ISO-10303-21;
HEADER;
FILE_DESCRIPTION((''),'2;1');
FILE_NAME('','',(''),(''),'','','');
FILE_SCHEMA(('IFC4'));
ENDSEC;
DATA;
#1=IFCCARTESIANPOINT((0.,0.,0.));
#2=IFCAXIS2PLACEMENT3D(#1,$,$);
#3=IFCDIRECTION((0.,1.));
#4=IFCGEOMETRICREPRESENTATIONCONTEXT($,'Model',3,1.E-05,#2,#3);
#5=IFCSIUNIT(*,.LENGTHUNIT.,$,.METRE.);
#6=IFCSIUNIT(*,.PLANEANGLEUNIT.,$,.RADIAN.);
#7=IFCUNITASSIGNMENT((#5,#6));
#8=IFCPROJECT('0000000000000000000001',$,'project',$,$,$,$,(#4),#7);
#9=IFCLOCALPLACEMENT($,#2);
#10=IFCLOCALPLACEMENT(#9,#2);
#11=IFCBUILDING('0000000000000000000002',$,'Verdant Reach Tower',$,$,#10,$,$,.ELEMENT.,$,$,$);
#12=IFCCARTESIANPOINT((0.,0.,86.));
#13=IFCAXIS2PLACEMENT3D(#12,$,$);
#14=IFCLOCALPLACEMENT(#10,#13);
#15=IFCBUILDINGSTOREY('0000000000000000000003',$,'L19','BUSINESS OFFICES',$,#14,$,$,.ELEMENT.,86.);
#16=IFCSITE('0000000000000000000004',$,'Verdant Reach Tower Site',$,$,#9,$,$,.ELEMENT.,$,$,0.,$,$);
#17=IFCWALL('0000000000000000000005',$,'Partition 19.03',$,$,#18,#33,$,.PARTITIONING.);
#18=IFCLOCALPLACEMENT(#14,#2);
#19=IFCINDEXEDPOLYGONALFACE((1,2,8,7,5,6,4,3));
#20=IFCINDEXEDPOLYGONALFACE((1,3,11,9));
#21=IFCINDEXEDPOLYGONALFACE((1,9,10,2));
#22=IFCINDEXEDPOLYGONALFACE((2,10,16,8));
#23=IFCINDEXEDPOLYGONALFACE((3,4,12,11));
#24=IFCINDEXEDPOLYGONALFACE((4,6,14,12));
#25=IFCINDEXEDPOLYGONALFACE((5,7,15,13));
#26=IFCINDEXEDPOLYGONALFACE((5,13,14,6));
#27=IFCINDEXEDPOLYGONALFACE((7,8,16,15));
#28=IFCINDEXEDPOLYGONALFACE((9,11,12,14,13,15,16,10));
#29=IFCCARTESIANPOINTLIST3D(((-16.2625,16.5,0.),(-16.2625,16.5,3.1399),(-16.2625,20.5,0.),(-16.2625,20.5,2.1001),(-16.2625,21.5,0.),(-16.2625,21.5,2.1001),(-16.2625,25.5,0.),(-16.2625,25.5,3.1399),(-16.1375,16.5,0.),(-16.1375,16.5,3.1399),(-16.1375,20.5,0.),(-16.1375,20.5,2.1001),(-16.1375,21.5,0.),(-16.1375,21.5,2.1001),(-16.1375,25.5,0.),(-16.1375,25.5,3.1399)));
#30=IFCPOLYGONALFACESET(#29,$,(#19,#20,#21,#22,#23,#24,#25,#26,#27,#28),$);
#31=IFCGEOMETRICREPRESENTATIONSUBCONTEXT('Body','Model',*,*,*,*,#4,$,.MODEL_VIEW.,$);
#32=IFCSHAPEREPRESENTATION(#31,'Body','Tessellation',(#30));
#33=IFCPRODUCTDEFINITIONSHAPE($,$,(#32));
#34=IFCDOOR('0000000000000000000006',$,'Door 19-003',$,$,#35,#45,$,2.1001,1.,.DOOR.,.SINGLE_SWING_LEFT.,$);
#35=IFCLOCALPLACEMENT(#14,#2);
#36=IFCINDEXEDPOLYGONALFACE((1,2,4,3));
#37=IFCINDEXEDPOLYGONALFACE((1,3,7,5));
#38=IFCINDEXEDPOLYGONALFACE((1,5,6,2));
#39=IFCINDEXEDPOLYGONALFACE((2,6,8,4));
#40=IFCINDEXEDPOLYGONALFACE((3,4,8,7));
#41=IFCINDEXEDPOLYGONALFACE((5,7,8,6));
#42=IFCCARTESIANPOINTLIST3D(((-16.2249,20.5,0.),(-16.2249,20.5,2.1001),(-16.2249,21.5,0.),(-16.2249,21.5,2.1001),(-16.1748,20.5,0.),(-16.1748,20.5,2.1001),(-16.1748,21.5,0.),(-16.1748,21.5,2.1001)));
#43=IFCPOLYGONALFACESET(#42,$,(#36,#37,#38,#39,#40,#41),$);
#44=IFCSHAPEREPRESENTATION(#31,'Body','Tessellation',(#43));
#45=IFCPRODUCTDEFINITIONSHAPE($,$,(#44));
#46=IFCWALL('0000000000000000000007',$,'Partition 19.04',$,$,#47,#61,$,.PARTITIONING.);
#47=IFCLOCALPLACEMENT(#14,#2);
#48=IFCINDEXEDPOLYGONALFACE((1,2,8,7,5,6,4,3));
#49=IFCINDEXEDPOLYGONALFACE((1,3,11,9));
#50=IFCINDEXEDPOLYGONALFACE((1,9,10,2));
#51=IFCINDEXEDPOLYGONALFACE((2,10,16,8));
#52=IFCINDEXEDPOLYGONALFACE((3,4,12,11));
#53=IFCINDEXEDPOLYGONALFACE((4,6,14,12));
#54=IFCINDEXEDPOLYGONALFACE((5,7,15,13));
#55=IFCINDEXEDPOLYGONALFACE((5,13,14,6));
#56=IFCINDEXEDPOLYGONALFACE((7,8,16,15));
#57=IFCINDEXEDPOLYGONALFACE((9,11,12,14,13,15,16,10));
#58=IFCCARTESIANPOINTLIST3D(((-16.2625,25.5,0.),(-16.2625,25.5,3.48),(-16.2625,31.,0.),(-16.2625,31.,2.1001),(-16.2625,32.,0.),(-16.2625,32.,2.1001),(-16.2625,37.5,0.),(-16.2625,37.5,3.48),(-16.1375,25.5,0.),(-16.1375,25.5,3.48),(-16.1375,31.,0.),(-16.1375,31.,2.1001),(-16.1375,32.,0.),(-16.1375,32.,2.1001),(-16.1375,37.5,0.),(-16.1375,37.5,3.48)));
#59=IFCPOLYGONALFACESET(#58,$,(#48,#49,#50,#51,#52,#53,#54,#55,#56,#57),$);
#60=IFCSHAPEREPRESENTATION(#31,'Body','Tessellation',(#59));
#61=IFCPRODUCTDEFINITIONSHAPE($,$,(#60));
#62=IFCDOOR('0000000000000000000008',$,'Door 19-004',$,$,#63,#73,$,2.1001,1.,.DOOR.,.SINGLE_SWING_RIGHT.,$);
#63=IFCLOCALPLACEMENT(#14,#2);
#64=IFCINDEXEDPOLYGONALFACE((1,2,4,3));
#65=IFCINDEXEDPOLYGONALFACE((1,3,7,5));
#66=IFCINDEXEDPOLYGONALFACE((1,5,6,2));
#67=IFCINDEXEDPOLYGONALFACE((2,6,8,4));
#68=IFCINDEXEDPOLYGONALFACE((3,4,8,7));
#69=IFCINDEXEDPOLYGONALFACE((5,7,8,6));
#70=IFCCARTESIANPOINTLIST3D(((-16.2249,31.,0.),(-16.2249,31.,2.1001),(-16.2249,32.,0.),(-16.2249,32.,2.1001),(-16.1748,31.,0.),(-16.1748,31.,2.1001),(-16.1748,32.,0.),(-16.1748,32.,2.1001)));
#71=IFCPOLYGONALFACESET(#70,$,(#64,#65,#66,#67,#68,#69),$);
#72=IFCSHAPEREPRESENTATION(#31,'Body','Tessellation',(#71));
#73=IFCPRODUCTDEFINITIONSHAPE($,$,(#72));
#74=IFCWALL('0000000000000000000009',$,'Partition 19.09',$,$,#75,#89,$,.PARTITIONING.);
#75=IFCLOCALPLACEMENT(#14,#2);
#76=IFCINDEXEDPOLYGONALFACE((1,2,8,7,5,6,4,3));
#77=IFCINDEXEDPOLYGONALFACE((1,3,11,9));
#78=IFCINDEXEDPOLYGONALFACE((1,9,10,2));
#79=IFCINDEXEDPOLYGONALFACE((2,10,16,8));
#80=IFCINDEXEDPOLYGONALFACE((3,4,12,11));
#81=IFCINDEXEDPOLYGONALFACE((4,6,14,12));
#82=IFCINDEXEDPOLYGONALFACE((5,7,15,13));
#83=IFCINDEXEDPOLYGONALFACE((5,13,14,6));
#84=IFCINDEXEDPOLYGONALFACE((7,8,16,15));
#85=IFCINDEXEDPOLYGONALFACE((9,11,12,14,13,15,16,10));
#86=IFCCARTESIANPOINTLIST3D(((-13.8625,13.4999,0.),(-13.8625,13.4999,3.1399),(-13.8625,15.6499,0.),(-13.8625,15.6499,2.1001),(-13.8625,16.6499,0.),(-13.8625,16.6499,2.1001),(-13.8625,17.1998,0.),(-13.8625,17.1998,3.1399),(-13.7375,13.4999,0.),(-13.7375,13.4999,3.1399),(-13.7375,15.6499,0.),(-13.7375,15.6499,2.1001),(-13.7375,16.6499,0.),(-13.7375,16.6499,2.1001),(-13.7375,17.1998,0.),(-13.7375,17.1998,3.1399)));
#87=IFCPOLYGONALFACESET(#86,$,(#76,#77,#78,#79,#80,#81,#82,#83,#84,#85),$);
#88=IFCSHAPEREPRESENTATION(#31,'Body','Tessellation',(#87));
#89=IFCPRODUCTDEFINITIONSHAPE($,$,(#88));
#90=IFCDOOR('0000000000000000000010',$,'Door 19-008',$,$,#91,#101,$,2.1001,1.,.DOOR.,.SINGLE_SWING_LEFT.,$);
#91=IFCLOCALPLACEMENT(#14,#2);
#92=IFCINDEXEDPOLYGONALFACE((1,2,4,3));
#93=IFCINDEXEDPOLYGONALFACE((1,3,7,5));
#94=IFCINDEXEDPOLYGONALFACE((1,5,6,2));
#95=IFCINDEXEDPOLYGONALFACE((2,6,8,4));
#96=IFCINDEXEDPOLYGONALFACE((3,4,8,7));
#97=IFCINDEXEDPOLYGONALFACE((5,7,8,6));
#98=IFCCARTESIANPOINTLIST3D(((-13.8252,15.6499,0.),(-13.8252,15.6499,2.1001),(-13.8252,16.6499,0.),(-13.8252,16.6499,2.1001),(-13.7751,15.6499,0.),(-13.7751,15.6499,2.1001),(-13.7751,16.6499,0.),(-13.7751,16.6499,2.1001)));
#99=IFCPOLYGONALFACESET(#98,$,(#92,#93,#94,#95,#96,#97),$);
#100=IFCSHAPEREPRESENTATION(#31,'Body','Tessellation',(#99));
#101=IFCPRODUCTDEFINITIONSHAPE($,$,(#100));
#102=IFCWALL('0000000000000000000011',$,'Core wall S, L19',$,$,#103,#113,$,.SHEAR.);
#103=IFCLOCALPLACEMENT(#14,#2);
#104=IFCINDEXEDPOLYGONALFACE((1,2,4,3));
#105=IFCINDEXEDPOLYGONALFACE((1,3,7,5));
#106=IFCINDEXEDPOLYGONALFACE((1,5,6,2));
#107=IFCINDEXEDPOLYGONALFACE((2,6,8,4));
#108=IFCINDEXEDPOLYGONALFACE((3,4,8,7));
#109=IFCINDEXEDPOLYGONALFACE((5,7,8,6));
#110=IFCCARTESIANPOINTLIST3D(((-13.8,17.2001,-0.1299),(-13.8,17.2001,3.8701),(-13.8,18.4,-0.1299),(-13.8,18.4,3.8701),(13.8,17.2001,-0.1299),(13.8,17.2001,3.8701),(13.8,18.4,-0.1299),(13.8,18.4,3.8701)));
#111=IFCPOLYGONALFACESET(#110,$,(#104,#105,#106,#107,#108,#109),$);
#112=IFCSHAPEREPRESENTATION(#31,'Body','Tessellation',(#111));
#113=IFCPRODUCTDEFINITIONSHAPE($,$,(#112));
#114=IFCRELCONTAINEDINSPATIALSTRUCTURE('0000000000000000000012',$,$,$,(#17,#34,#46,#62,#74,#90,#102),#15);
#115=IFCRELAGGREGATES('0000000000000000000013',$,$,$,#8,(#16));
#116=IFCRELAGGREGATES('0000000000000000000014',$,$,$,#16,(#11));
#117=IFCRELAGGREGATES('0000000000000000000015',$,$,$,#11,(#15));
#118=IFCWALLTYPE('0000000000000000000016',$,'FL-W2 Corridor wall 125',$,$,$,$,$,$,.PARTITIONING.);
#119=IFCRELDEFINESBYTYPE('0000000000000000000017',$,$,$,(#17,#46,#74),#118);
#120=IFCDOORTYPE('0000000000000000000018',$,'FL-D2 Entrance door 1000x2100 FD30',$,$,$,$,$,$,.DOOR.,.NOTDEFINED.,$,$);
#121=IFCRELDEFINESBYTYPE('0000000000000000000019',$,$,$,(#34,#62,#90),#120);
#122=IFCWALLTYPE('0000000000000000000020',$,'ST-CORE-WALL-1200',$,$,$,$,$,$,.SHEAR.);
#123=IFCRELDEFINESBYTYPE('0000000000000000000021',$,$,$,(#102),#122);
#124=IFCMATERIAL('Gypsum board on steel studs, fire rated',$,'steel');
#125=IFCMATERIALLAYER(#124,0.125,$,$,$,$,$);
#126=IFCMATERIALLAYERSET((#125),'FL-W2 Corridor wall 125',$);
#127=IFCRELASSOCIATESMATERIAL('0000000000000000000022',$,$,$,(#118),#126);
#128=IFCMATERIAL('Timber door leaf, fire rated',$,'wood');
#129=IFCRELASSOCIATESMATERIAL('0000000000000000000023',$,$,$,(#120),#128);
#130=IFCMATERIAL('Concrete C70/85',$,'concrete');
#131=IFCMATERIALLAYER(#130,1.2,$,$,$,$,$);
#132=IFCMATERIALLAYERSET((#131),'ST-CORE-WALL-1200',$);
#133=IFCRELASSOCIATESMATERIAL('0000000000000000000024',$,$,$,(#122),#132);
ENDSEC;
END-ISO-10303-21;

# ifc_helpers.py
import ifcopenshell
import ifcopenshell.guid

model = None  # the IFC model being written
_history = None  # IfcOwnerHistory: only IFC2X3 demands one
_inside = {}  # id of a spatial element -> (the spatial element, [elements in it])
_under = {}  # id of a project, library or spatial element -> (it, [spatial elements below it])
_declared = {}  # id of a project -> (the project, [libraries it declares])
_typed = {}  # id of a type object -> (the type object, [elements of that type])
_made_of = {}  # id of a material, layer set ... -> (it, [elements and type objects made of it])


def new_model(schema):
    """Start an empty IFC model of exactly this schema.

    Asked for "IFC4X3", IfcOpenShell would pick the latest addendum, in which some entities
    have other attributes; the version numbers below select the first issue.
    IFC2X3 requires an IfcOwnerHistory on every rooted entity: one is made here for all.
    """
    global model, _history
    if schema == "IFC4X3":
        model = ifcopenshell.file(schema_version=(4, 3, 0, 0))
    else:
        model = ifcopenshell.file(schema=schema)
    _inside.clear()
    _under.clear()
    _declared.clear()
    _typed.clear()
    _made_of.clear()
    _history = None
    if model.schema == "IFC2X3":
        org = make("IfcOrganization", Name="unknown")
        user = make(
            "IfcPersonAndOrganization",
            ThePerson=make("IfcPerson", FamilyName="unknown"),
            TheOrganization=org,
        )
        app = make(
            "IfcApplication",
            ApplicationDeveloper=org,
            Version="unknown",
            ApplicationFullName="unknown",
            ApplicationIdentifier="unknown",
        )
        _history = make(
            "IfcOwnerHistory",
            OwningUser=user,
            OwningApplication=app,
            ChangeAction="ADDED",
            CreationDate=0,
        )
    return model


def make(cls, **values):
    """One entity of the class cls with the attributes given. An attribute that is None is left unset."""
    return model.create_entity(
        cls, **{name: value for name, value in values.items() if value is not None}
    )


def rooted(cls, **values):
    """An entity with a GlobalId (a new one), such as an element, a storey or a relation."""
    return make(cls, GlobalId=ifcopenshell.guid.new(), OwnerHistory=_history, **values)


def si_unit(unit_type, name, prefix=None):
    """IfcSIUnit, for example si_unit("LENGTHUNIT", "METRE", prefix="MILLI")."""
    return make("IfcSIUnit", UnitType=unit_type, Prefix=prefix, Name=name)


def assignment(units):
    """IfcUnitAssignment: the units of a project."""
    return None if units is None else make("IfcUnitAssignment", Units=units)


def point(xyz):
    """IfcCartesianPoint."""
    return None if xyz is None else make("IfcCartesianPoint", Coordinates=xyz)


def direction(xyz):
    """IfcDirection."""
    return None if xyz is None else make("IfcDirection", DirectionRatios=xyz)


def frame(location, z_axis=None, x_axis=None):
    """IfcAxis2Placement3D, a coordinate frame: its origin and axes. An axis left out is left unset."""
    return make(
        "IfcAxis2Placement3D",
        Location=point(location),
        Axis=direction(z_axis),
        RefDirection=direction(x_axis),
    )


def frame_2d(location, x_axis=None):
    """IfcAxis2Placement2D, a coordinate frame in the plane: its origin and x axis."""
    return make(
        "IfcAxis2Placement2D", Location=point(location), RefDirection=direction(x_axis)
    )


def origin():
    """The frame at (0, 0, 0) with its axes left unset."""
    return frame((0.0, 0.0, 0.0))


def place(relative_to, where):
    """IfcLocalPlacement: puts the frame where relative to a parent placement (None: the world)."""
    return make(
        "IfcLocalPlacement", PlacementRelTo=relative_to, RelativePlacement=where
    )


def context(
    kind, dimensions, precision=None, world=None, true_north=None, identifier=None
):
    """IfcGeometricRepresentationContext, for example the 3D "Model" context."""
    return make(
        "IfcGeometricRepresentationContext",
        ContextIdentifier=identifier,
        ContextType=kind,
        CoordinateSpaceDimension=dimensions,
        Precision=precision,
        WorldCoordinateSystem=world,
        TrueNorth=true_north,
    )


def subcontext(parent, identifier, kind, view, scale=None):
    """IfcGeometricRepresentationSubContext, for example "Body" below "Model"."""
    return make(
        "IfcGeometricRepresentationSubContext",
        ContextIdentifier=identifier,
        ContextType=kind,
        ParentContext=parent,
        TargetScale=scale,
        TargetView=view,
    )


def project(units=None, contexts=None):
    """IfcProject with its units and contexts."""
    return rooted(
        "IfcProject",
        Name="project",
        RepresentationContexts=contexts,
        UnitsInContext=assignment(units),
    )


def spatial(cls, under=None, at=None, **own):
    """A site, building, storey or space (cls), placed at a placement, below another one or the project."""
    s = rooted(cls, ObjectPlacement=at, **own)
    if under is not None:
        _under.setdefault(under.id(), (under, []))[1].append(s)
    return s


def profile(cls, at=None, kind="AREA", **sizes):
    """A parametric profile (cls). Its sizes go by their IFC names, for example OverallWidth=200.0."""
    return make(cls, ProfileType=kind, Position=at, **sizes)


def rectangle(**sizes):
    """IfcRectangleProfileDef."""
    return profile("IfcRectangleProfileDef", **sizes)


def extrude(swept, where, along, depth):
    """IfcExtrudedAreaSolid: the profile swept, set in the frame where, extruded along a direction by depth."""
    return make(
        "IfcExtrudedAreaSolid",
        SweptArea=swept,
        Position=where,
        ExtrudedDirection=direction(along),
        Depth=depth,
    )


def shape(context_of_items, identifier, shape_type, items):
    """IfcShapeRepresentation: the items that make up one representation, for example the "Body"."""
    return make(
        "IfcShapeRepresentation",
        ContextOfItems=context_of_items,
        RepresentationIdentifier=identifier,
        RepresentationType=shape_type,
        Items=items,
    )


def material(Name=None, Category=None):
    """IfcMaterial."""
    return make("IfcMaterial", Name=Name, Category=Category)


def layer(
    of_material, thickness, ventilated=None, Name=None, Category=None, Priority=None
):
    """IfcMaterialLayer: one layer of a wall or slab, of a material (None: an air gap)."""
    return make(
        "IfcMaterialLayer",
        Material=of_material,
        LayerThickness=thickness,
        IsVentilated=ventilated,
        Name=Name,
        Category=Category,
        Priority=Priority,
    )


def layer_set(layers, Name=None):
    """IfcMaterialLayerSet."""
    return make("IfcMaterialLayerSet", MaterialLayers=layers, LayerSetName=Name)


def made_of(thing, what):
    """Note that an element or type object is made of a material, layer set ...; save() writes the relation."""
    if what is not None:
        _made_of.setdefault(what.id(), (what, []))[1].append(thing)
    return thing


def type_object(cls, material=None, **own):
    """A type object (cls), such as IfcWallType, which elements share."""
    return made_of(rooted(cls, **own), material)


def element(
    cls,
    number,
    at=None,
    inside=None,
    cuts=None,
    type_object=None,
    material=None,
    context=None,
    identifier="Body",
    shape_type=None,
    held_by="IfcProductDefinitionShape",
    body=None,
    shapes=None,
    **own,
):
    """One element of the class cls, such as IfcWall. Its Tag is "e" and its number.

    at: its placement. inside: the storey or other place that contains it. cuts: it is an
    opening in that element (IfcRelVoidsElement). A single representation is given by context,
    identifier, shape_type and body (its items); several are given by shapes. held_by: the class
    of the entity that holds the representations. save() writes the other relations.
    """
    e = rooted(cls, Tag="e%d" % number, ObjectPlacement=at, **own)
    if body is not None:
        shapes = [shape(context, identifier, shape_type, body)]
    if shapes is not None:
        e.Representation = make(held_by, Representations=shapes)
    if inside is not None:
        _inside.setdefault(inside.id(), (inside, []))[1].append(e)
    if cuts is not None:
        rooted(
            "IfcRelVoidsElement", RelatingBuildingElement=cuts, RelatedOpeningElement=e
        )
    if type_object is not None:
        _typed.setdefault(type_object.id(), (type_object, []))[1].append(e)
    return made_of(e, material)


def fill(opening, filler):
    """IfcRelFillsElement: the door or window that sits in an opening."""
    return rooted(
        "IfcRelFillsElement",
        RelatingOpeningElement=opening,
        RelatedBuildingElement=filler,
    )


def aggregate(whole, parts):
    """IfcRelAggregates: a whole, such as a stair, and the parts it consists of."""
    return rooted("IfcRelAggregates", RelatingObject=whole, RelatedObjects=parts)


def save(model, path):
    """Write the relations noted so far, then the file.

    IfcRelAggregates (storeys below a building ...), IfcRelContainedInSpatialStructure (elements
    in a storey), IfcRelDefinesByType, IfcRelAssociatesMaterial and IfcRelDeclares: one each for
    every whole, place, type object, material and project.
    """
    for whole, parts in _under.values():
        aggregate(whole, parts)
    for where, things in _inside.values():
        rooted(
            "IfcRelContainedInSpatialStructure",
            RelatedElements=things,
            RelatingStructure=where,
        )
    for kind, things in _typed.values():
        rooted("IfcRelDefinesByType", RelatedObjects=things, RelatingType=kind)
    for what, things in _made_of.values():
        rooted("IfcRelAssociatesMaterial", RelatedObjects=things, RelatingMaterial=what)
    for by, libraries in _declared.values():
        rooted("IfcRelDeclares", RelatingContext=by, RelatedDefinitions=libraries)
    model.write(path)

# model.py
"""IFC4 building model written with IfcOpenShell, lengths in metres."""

from ifc_helpers import new_model, si_unit, direction, frame, frame_2d, origin, place, context, subcontext, project, spatial, rectangle, extrude, material, layer, layer_set, type_object, element, fill, save


model = new_model("IFC4")

# Units and contexts
model_context = context("Model", 3, precision=1e-05, world=origin(), true_north=direction((0.0, 1.0)))
body_context = subcontext(model_context, "Body", "Model", "MODEL_VIEW")
ifc_project = project(units=[si_unit("LENGTHUNIT", "METRE"), si_unit("PLANEANGLEUNIT", "RADIAN")], contexts=[model_context])

# Site, building, storey
site_placement = place(None, origin())
site = spatial("IfcSite", under=ifc_project, at=site_placement, Name="Verdant Reach Tower Site", CompositionType="ELEMENT", RefElevation=0.0)
building_placement = place(site_placement, origin())
building = spatial("IfcBuilding", under=site, at=building_placement, Name="Verdant Reach Tower", CompositionType="ELEMENT")
storey_placement = place(building_placement, frame((0.0, 0.0, 86.0)))
storey = spatial("IfcBuildingStorey", under=building, at=storey_placement, Name="L19", Description="BUSINESS OFFICES", CompositionType="ELEMENT", Elevation=86.0)

# Walls, openings, doors
ifc_material_1 = material(Name="Gypsum board on steel studs, fire rated", Category="steel")
ifc_layer_1 = layer(ifc_material_1, 0.125)
ifc_layer_set_1 = layer_set([ifc_layer_1], Name="FL-W2 Corridor wall 125")
wall_type_1 = type_object("IfcWallType", Name="FL-W2 Corridor wall 125", PredefinedType="PARTITIONING", material=ifc_layer_set_1)
wall_1_placement = place(storey_placement, frame((-16.2, 16.5, 0.0), z_axis=(0.0, 0.0, 1.0), x_axis=(0.0, 1.0, 0.0)))
wall_1 = element("IfcWall", 1, at=wall_1_placement, inside=storey, type_object=wall_type_1, Name="Partition 19.03", PredefinedType="PARTITIONING", context=body_context, shape_type="SweptSolid", body=[
    extrude(rectangle(XDim=9.0, YDim=0.125, at=frame_2d((4.5, 0.0))), origin(), (0.0, 0.0, 1.0), 3.1399),
])
opening_1_placement = place(wall_1_placement, frame((4.0, 0.0, 0.0)))
opening_1 = element("IfcOpeningElement", 2, at=opening_1_placement, cuts=wall_1, PredefinedType="OPENING", context=body_context, shape_type="SweptSolid", body=[
    extrude(rectangle(XDim=1.0, YDim=2.1001, at=frame_2d((0.5, 1.05))), frame((0.0, 0.0725, 0.0), z_axis=(0.0, -1.0, 0.0), x_axis=(1.0, 0.0, 0.0)), (0.0, 0.0, 1.0), 0.145),
])
ifc_material_2 = material(Name="Timber door leaf, fire rated", Category="wood")
door_type = type_object("IfcDoorType", Name="FL-D2 Entrance door 1000x2100 FD30", OperationType="NOTDEFINED", PredefinedType="DOOR", material=ifc_material_2)
door_1_placement = place(opening_1_placement, origin())
door_1 = element("IfcDoor", 3, at=door_1_placement, inside=storey, type_object=door_type, Name="Door 19-003", OperationType="SINGLE_SWING_LEFT", OverallHeight=2.1001, OverallWidth=1.0, PredefinedType="DOOR", context=body_context, shape_type="SweptSolid", body=[
    extrude(rectangle(XDim=1.0, YDim=2.1001, at=frame_2d((0.5, 1.05))), frame((0.0, 0.0249, 0.0), z_axis=(0.0, -1.0, 0.0), x_axis=(1.0, 0.0, 0.0)), (0.0, 0.0, 1.0), 0.05),
])
fill(opening_1, door_1)
wall_2_placement = place(storey_placement, frame((-16.2, 25.5, 0.0), z_axis=(0.0, 0.0, 1.0), x_axis=(0.0, 1.0, 0.0)))
wall_2 = element("IfcWall", 4, at=wall_2_placement, inside=storey, type_object=wall_type_1, Name="Partition 19.04", PredefinedType="PARTITIONING", context=body_context, shape_type="SweptSolid", body=[
    extrude(rectangle(XDim=12.0, YDim=0.125, at=frame_2d((6.0, 0.0))), origin(), (0.0, 0.0, 1.0), 3.48),
])
opening_2_placement = place(wall_2_placement, frame((5.5, 0.0, 0.0)))
opening_2 = element("IfcOpeningElement", 5, at=opening_2_placement, cuts=wall_2, PredefinedType="OPENING", context=body_context, shape_type="SweptSolid", body=[
    extrude(rectangle(XDim=1.0, YDim=2.1001, at=frame_2d((0.5, 1.05))), frame((0.0, 0.0725, 0.0), z_axis=(0.0, -1.0, 0.0), x_axis=(1.0, 0.0, 0.0)), (0.0, 0.0, 1.0), 0.145),
])
door_2_placement = place(opening_2_placement, origin())
door_2 = element("IfcDoor", 6, at=door_2_placement, inside=storey, type_object=door_type, Name="Door 19-004", OperationType="SINGLE_SWING_RIGHT", OverallHeight=2.1001, OverallWidth=1.0, PredefinedType="DOOR", context=body_context, shape_type="SweptSolid", body=[
    extrude(rectangle(XDim=1.0, YDim=2.1001, at=frame_2d((0.5, 1.05))), frame((0.0, 0.0249, 0.0), z_axis=(0.0, -1.0, 0.0), x_axis=(1.0, 0.0, 0.0)), (0.0, 0.0, 1.0), 0.05),
])
fill(opening_2, door_2)
wall_3_placement = place(storey_placement, frame((-13.8, 17.2, 0.0), z_axis=(0.0, 0.0, 1.0), x_axis=(0.0, -1.0, 0.0)))
wall_3 = element("IfcWall", 7, at=wall_3_placement, inside=storey, type_object=wall_type_1, Name="Partition 19.09", PredefinedType="PARTITIONING", context=body_context, shape_type="SweptSolid", body=[
    extrude(rectangle(XDim=3.7, YDim=0.125, at=frame_2d((1.8501, 0.0))), origin(), (0.0, 0.0, 1.0), 3.1399),
])
opening_3_placement = place(wall_3_placement, frame((0.55, 0.0, 0.0)))
opening_3 = element("IfcOpeningElement", 8, at=opening_3_placement, cuts=wall_3, PredefinedType="OPENING", context=body_context, shape_type="SweptSolid", body=[
    extrude(rectangle(XDim=1.0, YDim=2.1001, at=frame_2d((0.5, 1.05))), frame((0.0, 0.0725, 0.0), z_axis=(0.0, -1.0, 0.0), x_axis=(1.0, 0.0, 0.0)), (0.0, 0.0, 1.0), 0.145),
])
door_3_placement = place(opening_3_placement, origin())
door_3 = element("IfcDoor", 9, at=door_3_placement, inside=storey, type_object=door_type, Name="Door 19-008", OperationType="SINGLE_SWING_LEFT", OverallHeight=2.1001, OverallWidth=1.0, PredefinedType="DOOR", context=body_context, shape_type="SweptSolid", body=[
    extrude(rectangle(XDim=1.0, YDim=2.1001, at=frame_2d((0.5, 1.05))), frame((0.0, 0.0249, 0.0), z_axis=(0.0, -1.0, 0.0), x_axis=(1.0, 0.0, 0.0)), (0.0, 0.0, 1.0), 0.05),
])
fill(opening_3, door_3)

# Wall
ifc_material_3 = material(Name="Concrete C70/85", Category="concrete")
ifc_layer_2 = layer(ifc_material_3, 1.2)
ifc_layer_set_2 = layer_set([ifc_layer_2], Name="ST-CORE-WALL-1200")
wall_type_2 = type_object("IfcWallType", Name="ST-CORE-WALL-1200", PredefinedType="SHEAR", material=ifc_layer_set_2)
wall_4_placement = place(storey_placement, frame((-13.8, 17.8, -0.1299), z_axis=(0.0, 0.0, 1.0), x_axis=(1.0, 0.0, 0.0)))
element("IfcWall", 10, at=wall_4_placement, inside=storey, type_object=wall_type_2, Name="Core wall S, L19", PredefinedType="SHEAR", context=body_context, shape_type="SweptSolid", body=[
    extrude(rectangle(XDim=27.6001, YDim=1.2, at=frame_2d((13.8, 0.0))), origin(), (0.0, 0.0, 1.0), 4.0),
])

save(model, "model.ifc")
